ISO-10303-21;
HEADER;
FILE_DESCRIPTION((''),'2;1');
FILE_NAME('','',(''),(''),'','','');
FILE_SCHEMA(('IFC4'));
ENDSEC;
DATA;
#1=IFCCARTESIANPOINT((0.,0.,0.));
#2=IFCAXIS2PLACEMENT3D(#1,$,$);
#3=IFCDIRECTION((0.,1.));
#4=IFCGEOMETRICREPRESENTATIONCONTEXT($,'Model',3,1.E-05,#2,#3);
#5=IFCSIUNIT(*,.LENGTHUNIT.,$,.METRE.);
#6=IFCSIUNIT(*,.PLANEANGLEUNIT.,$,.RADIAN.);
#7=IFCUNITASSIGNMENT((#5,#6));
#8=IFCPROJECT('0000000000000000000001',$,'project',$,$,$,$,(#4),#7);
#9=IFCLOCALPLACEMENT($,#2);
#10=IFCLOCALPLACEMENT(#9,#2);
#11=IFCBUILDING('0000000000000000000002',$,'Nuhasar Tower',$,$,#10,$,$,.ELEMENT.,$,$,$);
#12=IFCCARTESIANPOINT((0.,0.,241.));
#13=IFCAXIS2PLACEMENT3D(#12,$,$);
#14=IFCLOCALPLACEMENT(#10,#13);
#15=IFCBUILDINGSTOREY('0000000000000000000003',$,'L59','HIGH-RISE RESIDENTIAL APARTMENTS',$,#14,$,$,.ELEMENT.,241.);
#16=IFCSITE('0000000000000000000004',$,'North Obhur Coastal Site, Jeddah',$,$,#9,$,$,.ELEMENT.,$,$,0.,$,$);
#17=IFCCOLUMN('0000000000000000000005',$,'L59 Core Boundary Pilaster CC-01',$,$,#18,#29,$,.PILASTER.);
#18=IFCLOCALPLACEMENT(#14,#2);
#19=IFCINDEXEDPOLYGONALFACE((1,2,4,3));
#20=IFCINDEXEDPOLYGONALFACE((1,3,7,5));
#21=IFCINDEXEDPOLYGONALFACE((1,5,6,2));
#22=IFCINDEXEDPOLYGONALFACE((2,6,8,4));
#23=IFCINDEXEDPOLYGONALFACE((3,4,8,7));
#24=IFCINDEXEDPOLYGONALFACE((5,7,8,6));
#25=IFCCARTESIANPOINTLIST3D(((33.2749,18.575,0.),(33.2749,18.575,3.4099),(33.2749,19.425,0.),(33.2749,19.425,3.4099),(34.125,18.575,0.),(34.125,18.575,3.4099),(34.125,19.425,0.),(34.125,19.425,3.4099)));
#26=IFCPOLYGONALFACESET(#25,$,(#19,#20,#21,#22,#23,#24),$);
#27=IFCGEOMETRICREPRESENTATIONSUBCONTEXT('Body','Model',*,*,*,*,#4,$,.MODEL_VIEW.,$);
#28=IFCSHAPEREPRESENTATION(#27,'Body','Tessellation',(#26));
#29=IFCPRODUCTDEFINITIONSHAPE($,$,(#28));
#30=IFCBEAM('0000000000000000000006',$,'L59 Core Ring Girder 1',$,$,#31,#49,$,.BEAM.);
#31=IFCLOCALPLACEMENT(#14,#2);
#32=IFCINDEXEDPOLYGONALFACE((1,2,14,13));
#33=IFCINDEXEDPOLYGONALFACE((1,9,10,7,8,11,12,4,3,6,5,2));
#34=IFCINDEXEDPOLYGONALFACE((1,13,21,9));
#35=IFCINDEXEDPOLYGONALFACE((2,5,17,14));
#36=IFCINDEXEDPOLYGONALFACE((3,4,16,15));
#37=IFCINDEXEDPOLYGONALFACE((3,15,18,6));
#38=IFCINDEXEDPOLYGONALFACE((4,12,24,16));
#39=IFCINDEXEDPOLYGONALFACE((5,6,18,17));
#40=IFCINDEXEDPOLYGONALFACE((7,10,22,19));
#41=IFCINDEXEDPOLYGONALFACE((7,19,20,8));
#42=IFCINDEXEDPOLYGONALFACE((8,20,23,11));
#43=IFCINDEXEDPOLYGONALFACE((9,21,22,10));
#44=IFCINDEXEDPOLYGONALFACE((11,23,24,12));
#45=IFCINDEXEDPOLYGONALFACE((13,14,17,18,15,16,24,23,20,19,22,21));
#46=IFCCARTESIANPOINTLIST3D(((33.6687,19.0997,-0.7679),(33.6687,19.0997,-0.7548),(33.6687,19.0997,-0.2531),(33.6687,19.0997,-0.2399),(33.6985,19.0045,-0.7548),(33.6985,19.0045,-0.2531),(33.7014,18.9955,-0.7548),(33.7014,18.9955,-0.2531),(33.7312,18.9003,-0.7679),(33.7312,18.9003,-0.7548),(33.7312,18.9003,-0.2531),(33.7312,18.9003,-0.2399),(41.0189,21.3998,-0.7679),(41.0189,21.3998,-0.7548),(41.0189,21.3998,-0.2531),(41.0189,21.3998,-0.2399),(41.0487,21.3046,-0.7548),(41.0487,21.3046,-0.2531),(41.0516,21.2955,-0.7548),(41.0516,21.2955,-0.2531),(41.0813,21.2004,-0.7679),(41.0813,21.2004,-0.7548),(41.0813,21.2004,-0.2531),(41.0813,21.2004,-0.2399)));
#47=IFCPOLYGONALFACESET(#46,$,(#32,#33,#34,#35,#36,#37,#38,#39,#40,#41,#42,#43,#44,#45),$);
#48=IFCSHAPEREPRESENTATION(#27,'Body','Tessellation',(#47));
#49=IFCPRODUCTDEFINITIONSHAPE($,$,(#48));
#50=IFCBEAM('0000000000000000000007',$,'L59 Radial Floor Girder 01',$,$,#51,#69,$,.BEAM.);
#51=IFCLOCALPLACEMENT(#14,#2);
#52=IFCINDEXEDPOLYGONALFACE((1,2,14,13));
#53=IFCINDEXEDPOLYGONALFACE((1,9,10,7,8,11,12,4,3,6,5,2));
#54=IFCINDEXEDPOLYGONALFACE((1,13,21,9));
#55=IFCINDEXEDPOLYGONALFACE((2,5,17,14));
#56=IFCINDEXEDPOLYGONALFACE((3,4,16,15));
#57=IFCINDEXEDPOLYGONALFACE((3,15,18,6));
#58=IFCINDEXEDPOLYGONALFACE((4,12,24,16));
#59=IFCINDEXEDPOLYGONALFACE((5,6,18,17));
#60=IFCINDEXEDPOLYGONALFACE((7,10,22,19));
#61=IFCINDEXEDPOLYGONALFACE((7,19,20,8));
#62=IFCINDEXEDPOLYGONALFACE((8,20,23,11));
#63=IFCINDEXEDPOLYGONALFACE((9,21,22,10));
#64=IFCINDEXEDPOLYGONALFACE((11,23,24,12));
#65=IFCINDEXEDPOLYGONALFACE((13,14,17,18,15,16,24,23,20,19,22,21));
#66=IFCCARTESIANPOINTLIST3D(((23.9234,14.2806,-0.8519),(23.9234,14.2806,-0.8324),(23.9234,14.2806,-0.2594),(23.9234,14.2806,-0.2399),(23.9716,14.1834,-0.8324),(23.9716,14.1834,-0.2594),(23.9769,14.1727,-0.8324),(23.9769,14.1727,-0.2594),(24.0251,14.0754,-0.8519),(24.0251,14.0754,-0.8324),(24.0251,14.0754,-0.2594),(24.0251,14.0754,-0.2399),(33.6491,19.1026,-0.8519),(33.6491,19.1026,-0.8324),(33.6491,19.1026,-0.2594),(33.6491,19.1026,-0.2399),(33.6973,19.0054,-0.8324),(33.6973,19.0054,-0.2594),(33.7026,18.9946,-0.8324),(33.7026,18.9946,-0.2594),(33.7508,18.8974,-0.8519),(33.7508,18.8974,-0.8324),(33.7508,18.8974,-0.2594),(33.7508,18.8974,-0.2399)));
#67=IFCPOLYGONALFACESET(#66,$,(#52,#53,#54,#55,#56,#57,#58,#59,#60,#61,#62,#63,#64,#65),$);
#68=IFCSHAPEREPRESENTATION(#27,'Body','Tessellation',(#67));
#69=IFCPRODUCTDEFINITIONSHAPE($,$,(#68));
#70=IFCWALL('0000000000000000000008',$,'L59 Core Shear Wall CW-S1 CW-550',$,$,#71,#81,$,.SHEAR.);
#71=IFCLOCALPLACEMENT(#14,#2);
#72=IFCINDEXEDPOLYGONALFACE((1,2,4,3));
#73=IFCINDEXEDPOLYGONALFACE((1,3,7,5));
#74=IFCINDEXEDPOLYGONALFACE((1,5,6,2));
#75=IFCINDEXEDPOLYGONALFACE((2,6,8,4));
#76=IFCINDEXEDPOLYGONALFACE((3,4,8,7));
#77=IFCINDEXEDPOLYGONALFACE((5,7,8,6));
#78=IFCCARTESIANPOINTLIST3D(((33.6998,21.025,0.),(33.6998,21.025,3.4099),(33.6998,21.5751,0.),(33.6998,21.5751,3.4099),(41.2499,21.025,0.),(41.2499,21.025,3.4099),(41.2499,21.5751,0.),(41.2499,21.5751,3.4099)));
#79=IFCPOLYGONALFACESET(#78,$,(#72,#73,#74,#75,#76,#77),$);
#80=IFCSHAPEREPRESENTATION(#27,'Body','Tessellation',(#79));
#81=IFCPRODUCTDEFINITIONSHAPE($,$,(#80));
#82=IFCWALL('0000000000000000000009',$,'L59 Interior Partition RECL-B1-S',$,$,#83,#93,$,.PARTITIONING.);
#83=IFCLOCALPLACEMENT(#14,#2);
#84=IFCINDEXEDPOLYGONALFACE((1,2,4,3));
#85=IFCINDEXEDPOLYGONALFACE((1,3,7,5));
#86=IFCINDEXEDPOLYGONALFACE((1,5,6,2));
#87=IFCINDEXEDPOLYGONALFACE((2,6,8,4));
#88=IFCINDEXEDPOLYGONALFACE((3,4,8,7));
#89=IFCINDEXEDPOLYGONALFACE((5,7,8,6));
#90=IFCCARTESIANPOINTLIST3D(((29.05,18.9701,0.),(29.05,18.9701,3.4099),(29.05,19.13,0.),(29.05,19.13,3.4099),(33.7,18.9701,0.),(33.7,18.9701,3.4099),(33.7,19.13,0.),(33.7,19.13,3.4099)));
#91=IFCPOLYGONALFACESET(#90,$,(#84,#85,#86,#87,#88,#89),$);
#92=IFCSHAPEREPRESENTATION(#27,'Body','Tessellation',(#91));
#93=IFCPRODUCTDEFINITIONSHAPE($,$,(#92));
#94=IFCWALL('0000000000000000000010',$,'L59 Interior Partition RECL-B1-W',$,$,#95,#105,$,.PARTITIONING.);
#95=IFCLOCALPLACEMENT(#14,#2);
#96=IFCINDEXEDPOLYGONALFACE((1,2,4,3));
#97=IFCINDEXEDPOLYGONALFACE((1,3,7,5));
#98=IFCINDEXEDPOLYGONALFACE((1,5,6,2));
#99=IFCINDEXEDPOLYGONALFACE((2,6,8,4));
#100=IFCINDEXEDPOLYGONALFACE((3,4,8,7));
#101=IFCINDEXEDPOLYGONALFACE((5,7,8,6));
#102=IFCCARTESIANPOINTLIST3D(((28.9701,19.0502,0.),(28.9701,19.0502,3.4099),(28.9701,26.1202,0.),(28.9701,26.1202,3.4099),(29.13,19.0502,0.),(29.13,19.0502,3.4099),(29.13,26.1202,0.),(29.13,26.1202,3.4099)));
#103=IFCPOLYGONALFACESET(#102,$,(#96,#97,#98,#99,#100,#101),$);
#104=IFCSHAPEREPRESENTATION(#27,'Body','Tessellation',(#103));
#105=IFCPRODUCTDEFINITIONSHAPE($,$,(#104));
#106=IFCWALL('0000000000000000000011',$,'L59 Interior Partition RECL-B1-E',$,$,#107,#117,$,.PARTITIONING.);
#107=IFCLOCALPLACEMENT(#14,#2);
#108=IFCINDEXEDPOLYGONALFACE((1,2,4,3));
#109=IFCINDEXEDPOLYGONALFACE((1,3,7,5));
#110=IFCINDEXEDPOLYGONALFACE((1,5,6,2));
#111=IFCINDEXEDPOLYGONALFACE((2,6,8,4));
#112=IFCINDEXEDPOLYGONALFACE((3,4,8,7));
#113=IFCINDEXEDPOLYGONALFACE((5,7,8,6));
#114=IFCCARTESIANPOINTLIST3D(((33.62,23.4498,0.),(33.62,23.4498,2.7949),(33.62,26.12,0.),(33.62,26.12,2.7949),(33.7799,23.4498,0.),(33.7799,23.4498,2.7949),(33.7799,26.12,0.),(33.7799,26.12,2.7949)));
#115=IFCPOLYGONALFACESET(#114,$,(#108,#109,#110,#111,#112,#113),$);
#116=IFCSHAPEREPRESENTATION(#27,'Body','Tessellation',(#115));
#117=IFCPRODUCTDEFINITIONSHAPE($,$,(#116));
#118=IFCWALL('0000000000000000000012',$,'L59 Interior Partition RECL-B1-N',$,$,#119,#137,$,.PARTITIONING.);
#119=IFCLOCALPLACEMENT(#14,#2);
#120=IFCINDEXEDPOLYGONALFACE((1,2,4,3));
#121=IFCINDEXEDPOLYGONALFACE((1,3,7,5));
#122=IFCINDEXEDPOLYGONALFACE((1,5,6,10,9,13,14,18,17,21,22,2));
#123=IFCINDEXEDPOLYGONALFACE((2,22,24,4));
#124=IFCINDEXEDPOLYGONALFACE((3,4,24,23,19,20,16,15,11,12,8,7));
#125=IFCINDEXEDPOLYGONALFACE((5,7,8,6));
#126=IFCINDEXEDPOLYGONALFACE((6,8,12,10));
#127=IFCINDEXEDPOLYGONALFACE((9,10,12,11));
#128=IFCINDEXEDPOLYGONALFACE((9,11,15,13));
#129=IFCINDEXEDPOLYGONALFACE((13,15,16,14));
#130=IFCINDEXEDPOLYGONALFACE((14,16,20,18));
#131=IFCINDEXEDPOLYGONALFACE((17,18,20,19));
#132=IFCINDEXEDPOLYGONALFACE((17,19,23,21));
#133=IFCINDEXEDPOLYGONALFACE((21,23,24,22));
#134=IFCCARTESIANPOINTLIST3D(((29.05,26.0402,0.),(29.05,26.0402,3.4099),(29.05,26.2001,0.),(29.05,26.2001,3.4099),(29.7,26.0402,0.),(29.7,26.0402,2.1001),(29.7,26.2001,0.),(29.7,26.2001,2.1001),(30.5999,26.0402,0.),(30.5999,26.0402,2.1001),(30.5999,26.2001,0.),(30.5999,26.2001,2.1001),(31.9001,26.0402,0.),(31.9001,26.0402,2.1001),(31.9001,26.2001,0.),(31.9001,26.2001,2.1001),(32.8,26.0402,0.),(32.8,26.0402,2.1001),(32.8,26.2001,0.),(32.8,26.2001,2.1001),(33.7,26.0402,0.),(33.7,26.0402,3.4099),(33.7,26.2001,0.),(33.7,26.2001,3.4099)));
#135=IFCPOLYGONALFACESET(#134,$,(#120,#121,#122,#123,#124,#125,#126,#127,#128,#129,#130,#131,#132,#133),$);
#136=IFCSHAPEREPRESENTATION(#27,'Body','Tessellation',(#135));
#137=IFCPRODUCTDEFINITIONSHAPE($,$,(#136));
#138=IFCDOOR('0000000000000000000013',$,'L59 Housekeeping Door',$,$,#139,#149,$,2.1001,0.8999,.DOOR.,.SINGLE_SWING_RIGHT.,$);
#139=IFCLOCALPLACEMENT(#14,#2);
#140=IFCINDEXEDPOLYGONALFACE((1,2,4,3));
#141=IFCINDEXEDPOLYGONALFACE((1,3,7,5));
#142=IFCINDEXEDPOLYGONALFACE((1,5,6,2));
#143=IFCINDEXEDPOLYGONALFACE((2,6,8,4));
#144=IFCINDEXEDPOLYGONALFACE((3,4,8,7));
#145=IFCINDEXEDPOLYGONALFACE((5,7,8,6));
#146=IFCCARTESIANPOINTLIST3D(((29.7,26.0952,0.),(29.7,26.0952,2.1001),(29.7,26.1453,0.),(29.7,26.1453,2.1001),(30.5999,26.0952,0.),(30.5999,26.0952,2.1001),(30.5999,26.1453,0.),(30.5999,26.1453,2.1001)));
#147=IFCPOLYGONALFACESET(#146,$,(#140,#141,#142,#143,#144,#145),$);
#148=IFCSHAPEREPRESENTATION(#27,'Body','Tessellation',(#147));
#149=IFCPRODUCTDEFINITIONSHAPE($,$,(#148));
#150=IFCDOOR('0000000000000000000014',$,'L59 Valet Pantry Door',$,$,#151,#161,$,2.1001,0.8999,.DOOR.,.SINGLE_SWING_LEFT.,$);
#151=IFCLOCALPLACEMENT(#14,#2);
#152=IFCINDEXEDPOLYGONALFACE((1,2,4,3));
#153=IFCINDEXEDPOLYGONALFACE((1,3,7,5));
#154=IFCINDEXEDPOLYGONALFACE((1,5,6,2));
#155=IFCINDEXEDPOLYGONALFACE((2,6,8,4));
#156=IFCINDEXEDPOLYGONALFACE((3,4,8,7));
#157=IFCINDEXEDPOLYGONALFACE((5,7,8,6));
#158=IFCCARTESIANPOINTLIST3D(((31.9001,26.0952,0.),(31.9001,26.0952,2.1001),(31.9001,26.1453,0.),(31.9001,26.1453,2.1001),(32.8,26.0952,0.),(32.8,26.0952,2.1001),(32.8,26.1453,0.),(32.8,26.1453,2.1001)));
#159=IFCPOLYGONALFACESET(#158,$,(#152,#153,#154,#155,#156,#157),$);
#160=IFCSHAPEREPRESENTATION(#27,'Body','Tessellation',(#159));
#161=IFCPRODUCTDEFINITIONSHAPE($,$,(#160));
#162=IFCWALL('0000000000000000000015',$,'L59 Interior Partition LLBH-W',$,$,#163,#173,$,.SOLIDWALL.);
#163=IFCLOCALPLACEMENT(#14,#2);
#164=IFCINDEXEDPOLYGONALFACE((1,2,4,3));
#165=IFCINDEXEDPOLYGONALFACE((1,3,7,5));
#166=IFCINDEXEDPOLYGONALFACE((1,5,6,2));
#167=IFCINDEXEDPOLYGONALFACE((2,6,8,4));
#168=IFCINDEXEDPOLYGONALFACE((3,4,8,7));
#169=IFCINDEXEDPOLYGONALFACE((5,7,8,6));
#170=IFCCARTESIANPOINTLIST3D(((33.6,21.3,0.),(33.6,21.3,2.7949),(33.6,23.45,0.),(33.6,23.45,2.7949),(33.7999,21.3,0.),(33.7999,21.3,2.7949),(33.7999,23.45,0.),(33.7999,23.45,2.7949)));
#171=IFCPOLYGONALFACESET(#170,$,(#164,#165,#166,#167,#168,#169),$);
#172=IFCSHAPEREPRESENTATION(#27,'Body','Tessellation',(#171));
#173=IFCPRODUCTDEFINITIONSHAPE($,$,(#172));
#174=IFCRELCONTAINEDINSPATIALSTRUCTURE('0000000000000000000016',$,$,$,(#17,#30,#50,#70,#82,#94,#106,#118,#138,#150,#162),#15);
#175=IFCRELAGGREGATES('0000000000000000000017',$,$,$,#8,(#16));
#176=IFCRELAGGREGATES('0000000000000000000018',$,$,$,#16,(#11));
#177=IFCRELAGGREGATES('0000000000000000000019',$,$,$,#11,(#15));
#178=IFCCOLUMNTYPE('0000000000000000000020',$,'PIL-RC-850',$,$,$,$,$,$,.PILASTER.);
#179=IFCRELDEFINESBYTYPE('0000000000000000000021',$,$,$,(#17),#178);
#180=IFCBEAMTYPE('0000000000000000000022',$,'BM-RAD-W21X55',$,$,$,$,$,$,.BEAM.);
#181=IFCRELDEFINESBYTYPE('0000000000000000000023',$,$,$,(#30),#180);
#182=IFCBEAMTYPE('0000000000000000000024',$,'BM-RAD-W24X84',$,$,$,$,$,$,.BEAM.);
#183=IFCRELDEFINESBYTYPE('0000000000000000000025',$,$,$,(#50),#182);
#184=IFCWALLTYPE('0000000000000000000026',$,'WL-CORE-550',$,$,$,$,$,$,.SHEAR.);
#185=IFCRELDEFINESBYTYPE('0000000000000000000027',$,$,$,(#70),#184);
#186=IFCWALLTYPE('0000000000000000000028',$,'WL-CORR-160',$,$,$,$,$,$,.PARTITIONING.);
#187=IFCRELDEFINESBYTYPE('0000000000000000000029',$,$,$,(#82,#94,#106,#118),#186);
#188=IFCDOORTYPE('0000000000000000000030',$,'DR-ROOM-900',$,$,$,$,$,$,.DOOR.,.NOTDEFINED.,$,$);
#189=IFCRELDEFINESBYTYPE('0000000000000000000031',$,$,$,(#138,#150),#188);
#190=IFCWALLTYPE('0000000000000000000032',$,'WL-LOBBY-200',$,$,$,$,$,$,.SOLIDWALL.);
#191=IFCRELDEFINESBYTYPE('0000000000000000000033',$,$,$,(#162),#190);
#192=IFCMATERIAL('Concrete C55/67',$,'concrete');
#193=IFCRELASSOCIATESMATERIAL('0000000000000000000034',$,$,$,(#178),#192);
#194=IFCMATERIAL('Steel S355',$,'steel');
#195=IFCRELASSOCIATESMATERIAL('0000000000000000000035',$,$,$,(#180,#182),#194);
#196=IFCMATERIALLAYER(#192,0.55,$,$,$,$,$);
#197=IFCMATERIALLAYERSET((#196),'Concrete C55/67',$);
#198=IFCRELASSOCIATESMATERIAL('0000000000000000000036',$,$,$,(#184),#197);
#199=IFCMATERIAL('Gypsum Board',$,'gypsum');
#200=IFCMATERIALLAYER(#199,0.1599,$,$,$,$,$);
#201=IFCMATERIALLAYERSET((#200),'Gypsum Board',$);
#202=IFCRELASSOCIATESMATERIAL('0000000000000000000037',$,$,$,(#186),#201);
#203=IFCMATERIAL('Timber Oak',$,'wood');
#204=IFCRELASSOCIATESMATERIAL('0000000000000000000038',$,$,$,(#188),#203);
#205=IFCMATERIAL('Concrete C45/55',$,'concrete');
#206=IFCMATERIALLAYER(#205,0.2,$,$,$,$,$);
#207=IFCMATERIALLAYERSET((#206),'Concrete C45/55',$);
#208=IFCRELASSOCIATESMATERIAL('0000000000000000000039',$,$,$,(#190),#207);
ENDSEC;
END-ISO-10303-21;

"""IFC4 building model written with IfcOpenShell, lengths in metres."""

from ifc_helpers import new_model, si_unit, direction, frame, frame_2d, origin, origin_2d, place, context, subcontext, project, spatial, rectangle, i_section, extrude, material, layer, layer_set, material_profile, profile_set, type_object, element, fill, save


model = new_model("IFC4")

# Units and contexts
model_context = context("Model", 3, precision=1e-05, world=origin(), true_north=direction((0.0, 1.0)))
body_context = subcontext(model_context, "Body", "Model", "MODEL_VIEW")
ifc_project = project(units=[si_unit("LENGTHUNIT", "METRE"), si_unit("PLANEANGLEUNIT", "RADIAN")], contexts=[model_context])

# Site, building, storey
site_placement = place(None, origin())
site = spatial("IfcSite", under=ifc_project, at=site_placement, Name="North Obhur Coastal Site, Jeddah", CompositionType="ELEMENT", RefElevation=0.0)
building_placement = place(site_placement, origin())
building = spatial("IfcBuilding", under=site, at=building_placement, Name="Nuhasar Tower", CompositionType="ELEMENT")
storey_placement = place(building_placement, frame((0.0, 0.0, 241.0)))
storey = spatial("IfcBuildingStorey", under=building, at=storey_placement, Name="L59", Description="HIGH-RISE RESIDENTIAL APARTMENTS", CompositionType="ELEMENT", Elevation=241.0)

# Column
ifc_material_1 = material(Name="Concrete C55/67", Category="concrete")
ifc_material_profile_1 = material_profile(ifc_material_1, rectangle(XDim=0.8501, YDim=0.8501, at=origin_2d()), Name="RC850X850")
ifc_profile_set_1 = profile_set([ifc_material_profile_1], Name="Concrete C55/67")
column_type = type_object("IfcColumnType", Name="PIL-RC-850", PredefinedType="PILASTER", material=ifc_profile_set_1)
column_placement = place(storey_placement, frame((33.7, 19.0, 0.0), z_axis=(0.0, 0.0, 1.0), x_axis=(1.0, 0.0, 0.0)))
element("IfcColumn", 1, at=column_placement, inside=storey, type_object=column_type, Name="L59 Core Boundary Pilaster CC-01", PredefinedType="PILASTER", context=body_context, shape_type="SweptSolid", body=[
    extrude(rectangle(XDim=0.8501, YDim=0.8501, at=origin_2d()), origin(), (0.0, 0.0, 1.0), 3.4099),
])

# Beams
ifc_material_2 = material(Name="Steel S355", Category="steel")
ifc_material_profile_2 = material_profile(ifc_material_2, i_section(OverallWidth=0.209, OverallDepth=0.5281, WebThickness=0.0095, FlangeThickness=0.0132, at=origin_2d()), Name="W21X55")
ifc_profile_set_2 = profile_set([ifc_material_profile_2], Name="Steel S355")
beam_type_1 = type_object("IfcBeamType", Name="BM-RAD-W21X55", PredefinedType="BEAM", material=ifc_profile_set_2)
beam_1_placement = place(storey_placement, frame((33.7, 19.0, -0.5039), z_axis=(0.954364, 0.298647, 0.0), x_axis=(-0.298647, 0.954364, 0.0)))
element("IfcBeam", 2, at=beam_1_placement, inside=storey, type_object=beam_type_1, Name="L59 Core Ring Girder 1", PredefinedType="BEAM", context=body_context, shape_type="SweptSolid", body=[
    extrude(i_section(OverallWidth=0.209, OverallDepth=0.5281, WebThickness=0.0095, FlangeThickness=0.0132, at=origin_2d()), origin(), (0.0, 0.0, 1.0), 7.7017),
])
ifc_material_profile_3 = material_profile(ifc_material_2, i_section(OverallWidth=0.229, OverallDepth=0.6121, WebThickness=0.012, FlangeThickness=0.0195, at=origin_2d()), Name="W24X84")
ifc_profile_set_3 = profile_set([ifc_material_profile_3], Name="Steel S355")
beam_type_2 = type_object("IfcBeamType", Name="BM-RAD-W24X84", PredefinedType="BEAM", material=ifc_profile_set_3)
beam_2_placement = place(storey_placement, frame((33.7, 19.0, -0.5459), z_axis=(-0.895929, -0.444197, 0.0), x_axis=(0.444197, -0.895929, 0.0)))
element("IfcBeam", 3, at=beam_2_placement, inside=storey, type_object=beam_type_2, Name="L59 Radial Floor Girder 01", PredefinedType="BEAM", context=body_context, shape_type="SweptSolid", body=[
    extrude(i_section(OverallWidth=0.229, OverallDepth=0.6121, WebThickness=0.012, FlangeThickness=0.0195, at=origin_2d()), origin(), (0.0, 0.0, 1.0), 10.8555),
])

# Walls
ifc_layer_1 = layer(ifc_material_1, 0.55)
ifc_layer_set_1 = layer_set([ifc_layer_1], Name="Concrete C55/67")
wall_type_1 = type_object("IfcWallType", Name="WL-CORE-550", PredefinedType="SHEAR", material=ifc_layer_set_1)
wall_1_placement = place(storey_placement, frame((33.7, 21.3, 0.0), z_axis=(0.0, 0.0, 1.0), x_axis=(1.0, 0.0, 0.0)))
element("IfcWall", 4, at=wall_1_placement, inside=storey, type_object=wall_type_1, Name="L59 Core Shear Wall CW-S1 CW-550", PredefinedType="SHEAR", context=body_context, shape_type="SweptSolid", body=[
    extrude(rectangle(XDim=7.55, YDim=0.55, at=frame_2d((3.7749, 0.0))), origin(), (0.0, 0.0, 1.0), 3.4099),
])
ifc_material_3 = material(Name="Gypsum Board", Category="gypsum")
ifc_layer_2 = layer(ifc_material_3, 0.1599)
ifc_layer_set_2 = layer_set([ifc_layer_2], Name="Gypsum Board")
wall_type_2 = type_object("IfcWallType", Name="WL-CORR-160", PredefinedType="PARTITIONING", material=ifc_layer_set_2)
wall_2_placement = place(storey_placement, frame((29.05, 19.05, 0.0), z_axis=(0.0, 0.0, 1.0), x_axis=(1.0, 0.0, 0.0)))
element("IfcWall", 5, at=wall_2_placement, inside=storey, type_object=wall_type_2, Name="L59 Interior Partition RECL-B1-S", PredefinedType="PARTITIONING", context=body_context, shape_type="SweptSolid", body=[
    extrude(rectangle(XDim=4.6499, YDim=0.1599, at=frame_2d((2.325, 0.0))), origin(), (0.0, 0.0, 1.0), 3.4099),
])
wall_3_placement = place(storey_placement, frame((29.05, 19.05, 0.0), z_axis=(0.0, 0.0, 1.0), x_axis=(0.0, 1.0, 0.0)))
element("IfcWall", 6, at=wall_3_placement, inside=storey, type_object=wall_type_2, Name="L59 Interior Partition RECL-B1-W", PredefinedType="PARTITIONING", context=body_context, shape_type="SweptSolid", body=[
    extrude(rectangle(XDim=7.0701, YDim=0.1599, at=frame_2d((3.5352, 0.0))), origin(), (0.0, 0.0, 1.0), 3.4099),
])
wall_4_placement = place(storey_placement, frame((33.7, 23.45, 0.0), z_axis=(0.0, 0.0, 1.0), x_axis=(0.0, 1.0, 0.0)))
element("IfcWall", 7, at=wall_4_placement, inside=storey, type_object=wall_type_2, Name="L59 Interior Partition RECL-B1-E", PredefinedType="PARTITIONING", context=body_context, shape_type="SweptSolid", body=[
    extrude(rectangle(XDim=2.6702, YDim=0.1599, at=frame_2d((1.335, 0.0))), origin(), (0.0, 0.0, 1.0), 2.7949),
])

# Wall, openings, doors
wall_5_placement = place(storey_placement, frame((33.7, 26.1201, 0.0), z_axis=(0.0, 0.0, 1.0), x_axis=(-1.0, 0.0, 0.0)))
wall_5 = element("IfcWall", 8, at=wall_5_placement, inside=storey, type_object=wall_type_2, Name="L59 Interior Partition RECL-B1-N", PredefinedType="PARTITIONING", context=body_context, shape_type="SweptSolid", body=[
    extrude(rectangle(XDim=4.6499, YDim=0.1599, at=frame_2d((2.325, 0.0))), origin(), (0.0, 0.0, 1.0), 3.4099),
])
opening_1_placement = place(wall_5_placement, frame((3.1001, 0.0, 0.0)))
opening_1 = element("IfcOpeningElement", 9, at=opening_1_placement, cuts=wall_5, PredefinedType="OPENING", context=body_context, shape_type="SweptSolid", body=[
    extrude(rectangle(XDim=0.8999, YDim=2.1001, at=frame_2d((0.45, 1.05))), frame((0.0, 0.0898, 0.0), z_axis=(0.0, -1.0, 0.0), x_axis=(1.0, 0.0, 0.0)), (0.0, 0.0, 1.0), 0.1799),
])
opening_2_placement = place(wall_5_placement, frame((0.8999, 0.0, 0.0)))
opening_2 = element("IfcOpeningElement", 10, at=opening_2_placement, cuts=wall_5, PredefinedType="OPENING", context=body_context, shape_type="SweptSolid", body=[
    extrude(rectangle(XDim=0.8999, YDim=2.1001, at=frame_2d((0.45, 1.05))), frame((0.0, 0.0898, 0.0), z_axis=(0.0, -1.0, 0.0), x_axis=(1.0, 0.0, 0.0)), (0.0, 0.0, 1.0), 0.1799),
])
ifc_material_4 = material(Name="Timber Oak", Category="wood")
door_type_1 = type_object("IfcDoorType", Name="DR-ROOM-900", OperationType="NOTDEFINED", PredefinedType="DOOR", material=ifc_material_4)
door_1_placement = place(opening_1_placement, origin())
door_1 = element("IfcDoor", 11, at=door_1_placement, inside=storey, type_object=door_type_1, Name="L59 Housekeeping Door", OperationType="SINGLE_SWING_RIGHT", OverallHeight=2.1001, OverallWidth=0.8999, PredefinedType="DOOR", context=body_context, shape_type="SweptSolid", body=[
    extrude(rectangle(XDim=0.8999, YDim=2.1001, at=frame_2d((0.45, 1.05))), frame((0.0, 0.0249, 0.0), z_axis=(0.0, -1.0, 0.0), x_axis=(1.0, 0.0, 0.0)), (0.0, 0.0, 1.0), 0.05),
])
fill(opening_1, door_1)
door_2_placement = place(opening_2_placement, origin())
door_2 = element("IfcDoor", 12, at=door_2_placement, inside=storey, type_object=door_type_1, Name="L59 Valet Pantry Door", OperationType="SINGLE_SWING_LEFT", OverallHeight=2.1001, OverallWidth=0.8999, PredefinedType="DOOR", context=body_context, shape_type="SweptSolid", body=[
    extrude(rectangle(XDim=0.8999, YDim=2.1001, at=frame_2d((0.45, 1.05))), frame((0.0, 0.0249, 0.0), z_axis=(0.0, -1.0, 0.0), x_axis=(1.0, 0.0, 0.0)), (0.0, 0.0, 1.0), 0.05),
])
fill(opening_2, door_2)

# Wall
ifc_material_5 = material(Name="Concrete C45/55", Category="concrete")
ifc_layer_3 = layer(ifc_material_5, 0.2)
ifc_layer_set_3 = layer_set([ifc_layer_3], Name="Concrete C45/55")
wall_type_3 = type_object("IfcWallType", Name="WL-LOBBY-200", PredefinedType="SOLIDWALL", material=ifc_layer_set_3)
wall_6_placement = place(storey_placement, frame((33.7, 21.3, 0.0), z_axis=(0.0, 0.0, 1.0), x_axis=(0.0, 1.0, 0.0)))
element("IfcWall", 13, at=wall_6_placement, inside=storey, type_object=wall_type_3, Name="L59 Interior Partition LLBH-W", PredefinedType="SOLIDWALL", context=body_context, shape_type="SweptSolid", body=[
    extrude(rectangle(XDim=2.1499, YDim=0.2, at=frame_2d((1.075, 0.0))), origin(), (0.0, 0.0, 1.0), 2.7949),
])

save(model, "model.ifc")
